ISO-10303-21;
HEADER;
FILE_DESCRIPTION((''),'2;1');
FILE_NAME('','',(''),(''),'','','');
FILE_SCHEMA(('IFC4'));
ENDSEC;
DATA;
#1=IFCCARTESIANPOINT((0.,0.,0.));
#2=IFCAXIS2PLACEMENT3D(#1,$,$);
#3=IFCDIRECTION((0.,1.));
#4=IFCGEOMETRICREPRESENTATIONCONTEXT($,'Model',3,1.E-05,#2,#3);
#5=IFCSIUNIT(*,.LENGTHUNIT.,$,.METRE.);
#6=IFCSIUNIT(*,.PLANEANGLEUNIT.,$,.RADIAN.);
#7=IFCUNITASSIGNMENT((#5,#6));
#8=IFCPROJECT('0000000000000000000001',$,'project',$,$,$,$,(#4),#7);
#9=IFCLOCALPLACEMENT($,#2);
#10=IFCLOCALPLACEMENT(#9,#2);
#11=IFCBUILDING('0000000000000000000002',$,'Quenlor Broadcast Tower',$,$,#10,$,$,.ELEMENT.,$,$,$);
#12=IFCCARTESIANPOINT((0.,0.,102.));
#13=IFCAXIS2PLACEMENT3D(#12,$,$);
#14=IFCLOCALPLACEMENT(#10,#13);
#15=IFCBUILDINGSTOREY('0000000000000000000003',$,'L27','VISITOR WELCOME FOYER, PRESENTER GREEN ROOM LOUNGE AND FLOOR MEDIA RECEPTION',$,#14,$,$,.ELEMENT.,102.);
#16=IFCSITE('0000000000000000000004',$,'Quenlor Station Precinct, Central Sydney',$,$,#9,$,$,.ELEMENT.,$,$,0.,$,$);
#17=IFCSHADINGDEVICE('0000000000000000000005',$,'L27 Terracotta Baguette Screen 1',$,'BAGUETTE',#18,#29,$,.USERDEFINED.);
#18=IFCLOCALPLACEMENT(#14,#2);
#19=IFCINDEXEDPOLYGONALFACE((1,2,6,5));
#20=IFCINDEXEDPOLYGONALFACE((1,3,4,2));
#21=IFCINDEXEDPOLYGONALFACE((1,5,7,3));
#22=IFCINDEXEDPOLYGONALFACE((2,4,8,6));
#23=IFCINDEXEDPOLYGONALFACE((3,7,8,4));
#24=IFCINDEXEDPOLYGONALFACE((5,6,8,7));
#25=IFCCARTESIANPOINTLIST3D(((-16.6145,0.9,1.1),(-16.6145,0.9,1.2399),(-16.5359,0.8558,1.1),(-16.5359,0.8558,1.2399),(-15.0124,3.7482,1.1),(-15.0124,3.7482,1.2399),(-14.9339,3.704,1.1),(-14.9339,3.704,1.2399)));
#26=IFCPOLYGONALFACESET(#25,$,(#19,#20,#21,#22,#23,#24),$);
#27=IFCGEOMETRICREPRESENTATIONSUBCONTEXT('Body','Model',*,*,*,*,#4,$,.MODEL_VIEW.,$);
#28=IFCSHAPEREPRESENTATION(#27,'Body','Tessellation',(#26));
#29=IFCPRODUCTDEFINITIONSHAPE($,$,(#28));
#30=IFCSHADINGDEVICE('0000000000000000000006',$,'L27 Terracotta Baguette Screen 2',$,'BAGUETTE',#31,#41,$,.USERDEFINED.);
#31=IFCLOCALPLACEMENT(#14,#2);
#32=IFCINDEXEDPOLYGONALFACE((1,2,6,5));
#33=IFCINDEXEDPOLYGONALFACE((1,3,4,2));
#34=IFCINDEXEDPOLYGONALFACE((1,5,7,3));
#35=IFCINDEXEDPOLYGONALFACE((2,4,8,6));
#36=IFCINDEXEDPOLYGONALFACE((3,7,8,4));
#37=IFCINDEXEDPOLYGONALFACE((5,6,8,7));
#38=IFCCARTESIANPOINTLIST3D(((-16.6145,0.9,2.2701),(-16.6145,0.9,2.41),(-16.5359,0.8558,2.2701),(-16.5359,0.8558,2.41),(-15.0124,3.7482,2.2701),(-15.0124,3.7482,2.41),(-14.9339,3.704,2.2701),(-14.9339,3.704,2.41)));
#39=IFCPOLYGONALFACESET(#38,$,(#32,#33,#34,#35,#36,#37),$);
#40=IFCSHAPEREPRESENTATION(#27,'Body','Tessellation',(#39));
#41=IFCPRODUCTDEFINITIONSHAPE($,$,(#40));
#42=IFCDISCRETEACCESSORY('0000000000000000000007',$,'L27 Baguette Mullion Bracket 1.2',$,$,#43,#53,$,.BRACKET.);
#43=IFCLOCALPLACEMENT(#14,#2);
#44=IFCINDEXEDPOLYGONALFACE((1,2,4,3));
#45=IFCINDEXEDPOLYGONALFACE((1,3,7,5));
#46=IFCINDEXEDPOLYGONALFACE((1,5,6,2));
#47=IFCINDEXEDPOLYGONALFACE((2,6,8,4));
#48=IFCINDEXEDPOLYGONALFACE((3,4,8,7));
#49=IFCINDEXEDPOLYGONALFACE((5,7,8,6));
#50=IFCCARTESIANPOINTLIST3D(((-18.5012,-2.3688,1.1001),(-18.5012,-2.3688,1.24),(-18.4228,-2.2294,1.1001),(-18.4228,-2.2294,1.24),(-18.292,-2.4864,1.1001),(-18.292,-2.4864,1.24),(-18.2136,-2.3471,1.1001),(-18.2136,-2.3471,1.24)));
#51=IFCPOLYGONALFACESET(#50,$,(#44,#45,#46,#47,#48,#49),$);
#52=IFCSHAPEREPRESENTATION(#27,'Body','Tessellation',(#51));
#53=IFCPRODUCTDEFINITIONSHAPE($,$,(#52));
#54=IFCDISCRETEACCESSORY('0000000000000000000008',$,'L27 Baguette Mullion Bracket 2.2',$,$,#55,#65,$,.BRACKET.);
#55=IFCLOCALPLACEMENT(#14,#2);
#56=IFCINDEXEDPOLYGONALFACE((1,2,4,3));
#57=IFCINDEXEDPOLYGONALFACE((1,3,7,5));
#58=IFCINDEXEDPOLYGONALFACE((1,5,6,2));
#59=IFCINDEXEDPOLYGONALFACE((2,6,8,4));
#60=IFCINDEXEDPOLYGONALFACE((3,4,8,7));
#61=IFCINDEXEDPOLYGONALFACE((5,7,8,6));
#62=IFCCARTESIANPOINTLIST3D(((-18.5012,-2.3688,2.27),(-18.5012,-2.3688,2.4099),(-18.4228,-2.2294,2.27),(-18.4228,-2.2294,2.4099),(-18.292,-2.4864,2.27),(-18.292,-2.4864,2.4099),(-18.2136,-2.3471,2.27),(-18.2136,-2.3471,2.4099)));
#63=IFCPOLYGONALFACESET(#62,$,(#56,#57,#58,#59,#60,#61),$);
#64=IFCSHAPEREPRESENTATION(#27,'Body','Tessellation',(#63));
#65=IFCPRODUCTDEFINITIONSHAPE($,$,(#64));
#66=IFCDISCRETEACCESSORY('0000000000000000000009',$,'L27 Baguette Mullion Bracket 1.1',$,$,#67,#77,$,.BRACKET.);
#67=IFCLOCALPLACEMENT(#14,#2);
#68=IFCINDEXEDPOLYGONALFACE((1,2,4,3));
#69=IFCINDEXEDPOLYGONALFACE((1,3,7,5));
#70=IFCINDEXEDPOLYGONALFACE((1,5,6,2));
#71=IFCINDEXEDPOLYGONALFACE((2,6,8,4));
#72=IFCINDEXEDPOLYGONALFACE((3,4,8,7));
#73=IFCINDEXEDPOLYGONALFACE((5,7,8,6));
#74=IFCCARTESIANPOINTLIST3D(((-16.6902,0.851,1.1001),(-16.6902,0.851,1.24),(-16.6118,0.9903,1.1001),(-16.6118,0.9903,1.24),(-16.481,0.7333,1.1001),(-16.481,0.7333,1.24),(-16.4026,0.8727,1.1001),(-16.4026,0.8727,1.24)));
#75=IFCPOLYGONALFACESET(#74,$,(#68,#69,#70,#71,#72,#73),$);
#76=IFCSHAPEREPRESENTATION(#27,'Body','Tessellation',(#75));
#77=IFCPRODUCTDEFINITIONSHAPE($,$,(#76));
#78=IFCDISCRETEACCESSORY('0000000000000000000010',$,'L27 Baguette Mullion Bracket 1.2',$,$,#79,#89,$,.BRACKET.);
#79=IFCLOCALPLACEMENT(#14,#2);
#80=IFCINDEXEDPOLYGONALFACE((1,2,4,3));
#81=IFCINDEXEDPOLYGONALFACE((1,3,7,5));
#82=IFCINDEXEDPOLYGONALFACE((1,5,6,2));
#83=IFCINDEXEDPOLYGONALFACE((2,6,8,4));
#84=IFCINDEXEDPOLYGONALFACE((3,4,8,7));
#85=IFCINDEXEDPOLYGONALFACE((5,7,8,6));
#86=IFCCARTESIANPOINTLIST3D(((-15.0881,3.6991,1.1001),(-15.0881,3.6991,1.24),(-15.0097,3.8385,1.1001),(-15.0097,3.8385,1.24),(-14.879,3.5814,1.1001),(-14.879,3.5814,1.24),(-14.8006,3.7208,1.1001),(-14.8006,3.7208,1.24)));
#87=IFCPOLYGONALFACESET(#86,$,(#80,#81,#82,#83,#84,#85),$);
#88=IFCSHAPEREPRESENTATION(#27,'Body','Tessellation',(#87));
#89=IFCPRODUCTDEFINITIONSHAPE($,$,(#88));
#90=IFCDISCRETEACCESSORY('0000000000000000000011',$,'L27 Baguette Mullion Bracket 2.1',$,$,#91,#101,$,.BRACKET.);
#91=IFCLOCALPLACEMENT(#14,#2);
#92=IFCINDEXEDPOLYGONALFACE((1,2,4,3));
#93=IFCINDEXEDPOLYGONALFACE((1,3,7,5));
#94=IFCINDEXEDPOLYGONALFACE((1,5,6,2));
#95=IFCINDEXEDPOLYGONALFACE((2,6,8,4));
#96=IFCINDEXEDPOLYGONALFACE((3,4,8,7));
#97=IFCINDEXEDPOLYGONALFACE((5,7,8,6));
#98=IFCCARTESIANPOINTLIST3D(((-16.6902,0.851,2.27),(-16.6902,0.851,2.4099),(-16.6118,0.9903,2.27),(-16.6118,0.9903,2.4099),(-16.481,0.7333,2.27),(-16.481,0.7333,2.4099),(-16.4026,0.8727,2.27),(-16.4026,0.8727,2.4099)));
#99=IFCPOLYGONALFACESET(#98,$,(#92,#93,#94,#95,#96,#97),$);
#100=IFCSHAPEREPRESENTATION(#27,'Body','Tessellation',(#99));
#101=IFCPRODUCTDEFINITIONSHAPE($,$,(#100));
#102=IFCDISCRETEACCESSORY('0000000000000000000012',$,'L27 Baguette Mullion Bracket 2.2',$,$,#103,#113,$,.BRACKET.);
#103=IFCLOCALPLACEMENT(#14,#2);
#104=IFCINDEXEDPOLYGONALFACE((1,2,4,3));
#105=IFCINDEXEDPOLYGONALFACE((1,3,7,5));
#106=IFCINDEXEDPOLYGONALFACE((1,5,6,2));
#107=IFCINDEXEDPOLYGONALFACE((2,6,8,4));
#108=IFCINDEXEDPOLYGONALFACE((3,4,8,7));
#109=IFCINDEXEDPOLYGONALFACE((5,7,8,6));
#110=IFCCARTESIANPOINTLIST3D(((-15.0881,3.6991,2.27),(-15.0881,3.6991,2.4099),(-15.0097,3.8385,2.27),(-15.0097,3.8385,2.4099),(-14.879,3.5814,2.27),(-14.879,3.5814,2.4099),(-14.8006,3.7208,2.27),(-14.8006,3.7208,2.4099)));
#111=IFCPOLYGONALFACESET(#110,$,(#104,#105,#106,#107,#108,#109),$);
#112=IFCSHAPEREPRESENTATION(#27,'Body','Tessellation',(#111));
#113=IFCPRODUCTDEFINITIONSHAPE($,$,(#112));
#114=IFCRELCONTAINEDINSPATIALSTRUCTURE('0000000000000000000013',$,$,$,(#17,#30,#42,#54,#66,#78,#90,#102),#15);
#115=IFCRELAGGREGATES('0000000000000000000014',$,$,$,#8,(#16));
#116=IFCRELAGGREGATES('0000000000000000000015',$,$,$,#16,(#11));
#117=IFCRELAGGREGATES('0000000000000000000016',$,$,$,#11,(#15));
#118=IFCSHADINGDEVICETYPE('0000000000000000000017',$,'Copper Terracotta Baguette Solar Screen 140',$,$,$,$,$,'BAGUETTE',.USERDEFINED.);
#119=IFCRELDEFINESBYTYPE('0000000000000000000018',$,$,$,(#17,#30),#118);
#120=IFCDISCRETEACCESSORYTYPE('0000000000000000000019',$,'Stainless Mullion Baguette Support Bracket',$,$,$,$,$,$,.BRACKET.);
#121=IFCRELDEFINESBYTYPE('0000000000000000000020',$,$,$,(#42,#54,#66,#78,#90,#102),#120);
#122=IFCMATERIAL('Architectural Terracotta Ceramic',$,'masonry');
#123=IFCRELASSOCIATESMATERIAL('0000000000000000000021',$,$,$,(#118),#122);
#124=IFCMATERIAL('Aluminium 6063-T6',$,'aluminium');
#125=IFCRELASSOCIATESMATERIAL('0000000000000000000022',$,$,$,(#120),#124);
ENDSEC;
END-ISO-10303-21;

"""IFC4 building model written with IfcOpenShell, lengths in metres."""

from ifc_helpers import new_model, si_unit, direction, frame, origin, origin_2d, place, context, subcontext, project, spatial, rectangle, extrude, material, material_profile, profile_set, type_object, element, save


model = new_model("IFC4")

# Units and contexts
model_context = context("Model", 3, precision=1e-05, world=origin(), true_north=direction((0.0, 1.0)))
body_context = subcontext(model_context, "Body", "Model", "MODEL_VIEW")
ifc_project = project(units=[si_unit("LENGTHUNIT", "METRE"), si_unit("PLANEANGLEUNIT", "RADIAN")], contexts=[model_context])

# Site, building, storey
site_placement = place(None, origin())
site = spatial("IfcSite", under=ifc_project, at=site_placement, Name="Quenlor Station Precinct, Central Sydney", CompositionType="ELEMENT", RefElevation=0.0)
building_placement = place(site_placement, origin())
building = spatial("IfcBuilding", under=site, at=building_placement, Name="Quenlor Broadcast Tower", CompositionType="ELEMENT")
storey_placement = place(building_placement, frame((0.0, 0.0, 102.0)))
storey = spatial("IfcBuildingStorey", under=building, at=storey_placement, Name="L27", Description="VISITOR WELCOME FOYER, PRESENTER GREEN ROOM LOUNGE AND FLOOR MEDIA RECEPTION", CompositionType="ELEMENT", Elevation=102.0)

# Shading devices
ifc_material_1 = material(Name="Architectural Terracotta Ceramic", Category="masonry")
ifc_material_profile_1 = material_profile(ifc_material_1, rectangle(XDim=0.0901, YDim=0.1399, at=origin_2d()))
ifc_profile_set_1 = profile_set([ifc_material_profile_1], Name="Architectural Terracotta Ceramic BAG90x140")
shading_device_type = type_object("IfcShadingDeviceType", Name="Copper Terracotta Baguette Solar Screen 140", ElementType="BAGUETTE", PredefinedType="USERDEFINED", material=ifc_profile_set_1)
for number, where, z_axis, x_axis, name in (
    (1, (-16.5752, 0.8779, 1.1699), (0.490254, 0.87158, 0.0), (-0.87158, 0.490254, 0.0), "L27 Terracotta Baguette Screen 1"),
    (2, (-16.5752, 0.8779, 2.3401), (0.490254, 0.87158, 0.0), (-0.87158, 0.490254, 0.0), "L27 Terracotta Baguette Screen 2"),
):
    element("IfcShadingDevice", number, at=place(storey_placement, frame(where, z_axis=z_axis, x_axis=x_axis)), inside=storey, type_object=shading_device_type, Name=name, ObjectType="BAGUETTE", PredefinedType="USERDEFINED", context=body_context, shape_type="SweptSolid", body=[
        extrude(rectangle(XDim=0.0901, YDim=0.1399, at=origin_2d()), origin(), (0.0, 0.0, 1.0), 3.2678),
    ])

# Discrete accessories
ifc_material_2 = material(Name="Aluminium 6063-T6", Category="aluminium")
discrete_accessory_type = type_object("IfcDiscreteAccessoryType", Name="Stainless Mullion Baguette Support Bracket", PredefinedType="BRACKET", material=ifc_material_2)
for number, where, z_axis, x_axis, name in (
    (3, (-18.3574, -2.3579, 1.1001), (0.0, 0.0, 1.0), (0.490277, 0.871567, 0.0), "L27 Baguette Mullion Bracket 1.2"),
    (4, (-18.3574, -2.3579, 2.27), (0.0, 0.0, 1.0), (0.490277, 0.871567, 0.0), "L27 Baguette Mullion Bracket 2.2"),
    (5, (-16.5464, 0.8618, 1.1001), (0.0, 0.0, 1.0), (0.490262, 0.871575, 0.0), "L27 Baguette Mullion Bracket 1.1"),
    (6, (-14.9443, 3.71, 1.1001), (0.0, 0.0, 1.0), (0.490262, 0.871575, 0.0), "L27 Baguette Mullion Bracket 1.2"),
    (7, (-16.5464, 0.8618, 2.27), (0.0, 0.0, 1.0), (0.490262, 0.871575, 0.0), "L27 Baguette Mullion Bracket 2.1"),
    (8, (-14.9443, 3.71, 2.27), (0.0, 0.0, 1.0), (0.490262, 0.871575, 0.0), "L27 Baguette Mullion Bracket 2.2"),
):
    element("IfcDiscreteAccessory", number, at=place(storey_placement, frame(where, z_axis=z_axis, x_axis=x_axis)), inside=storey, type_object=discrete_accessory_type, Name=name, PredefinedType="BRACKET", context=body_context, shape_type="SweptSolid", body=[
        extrude(rectangle(XDim=0.1599, YDim=0.24, at=origin_2d()), origin(), (0.0, 0.0, 1.0), 0.1399),
    ])

save(model, "model.ifc")
